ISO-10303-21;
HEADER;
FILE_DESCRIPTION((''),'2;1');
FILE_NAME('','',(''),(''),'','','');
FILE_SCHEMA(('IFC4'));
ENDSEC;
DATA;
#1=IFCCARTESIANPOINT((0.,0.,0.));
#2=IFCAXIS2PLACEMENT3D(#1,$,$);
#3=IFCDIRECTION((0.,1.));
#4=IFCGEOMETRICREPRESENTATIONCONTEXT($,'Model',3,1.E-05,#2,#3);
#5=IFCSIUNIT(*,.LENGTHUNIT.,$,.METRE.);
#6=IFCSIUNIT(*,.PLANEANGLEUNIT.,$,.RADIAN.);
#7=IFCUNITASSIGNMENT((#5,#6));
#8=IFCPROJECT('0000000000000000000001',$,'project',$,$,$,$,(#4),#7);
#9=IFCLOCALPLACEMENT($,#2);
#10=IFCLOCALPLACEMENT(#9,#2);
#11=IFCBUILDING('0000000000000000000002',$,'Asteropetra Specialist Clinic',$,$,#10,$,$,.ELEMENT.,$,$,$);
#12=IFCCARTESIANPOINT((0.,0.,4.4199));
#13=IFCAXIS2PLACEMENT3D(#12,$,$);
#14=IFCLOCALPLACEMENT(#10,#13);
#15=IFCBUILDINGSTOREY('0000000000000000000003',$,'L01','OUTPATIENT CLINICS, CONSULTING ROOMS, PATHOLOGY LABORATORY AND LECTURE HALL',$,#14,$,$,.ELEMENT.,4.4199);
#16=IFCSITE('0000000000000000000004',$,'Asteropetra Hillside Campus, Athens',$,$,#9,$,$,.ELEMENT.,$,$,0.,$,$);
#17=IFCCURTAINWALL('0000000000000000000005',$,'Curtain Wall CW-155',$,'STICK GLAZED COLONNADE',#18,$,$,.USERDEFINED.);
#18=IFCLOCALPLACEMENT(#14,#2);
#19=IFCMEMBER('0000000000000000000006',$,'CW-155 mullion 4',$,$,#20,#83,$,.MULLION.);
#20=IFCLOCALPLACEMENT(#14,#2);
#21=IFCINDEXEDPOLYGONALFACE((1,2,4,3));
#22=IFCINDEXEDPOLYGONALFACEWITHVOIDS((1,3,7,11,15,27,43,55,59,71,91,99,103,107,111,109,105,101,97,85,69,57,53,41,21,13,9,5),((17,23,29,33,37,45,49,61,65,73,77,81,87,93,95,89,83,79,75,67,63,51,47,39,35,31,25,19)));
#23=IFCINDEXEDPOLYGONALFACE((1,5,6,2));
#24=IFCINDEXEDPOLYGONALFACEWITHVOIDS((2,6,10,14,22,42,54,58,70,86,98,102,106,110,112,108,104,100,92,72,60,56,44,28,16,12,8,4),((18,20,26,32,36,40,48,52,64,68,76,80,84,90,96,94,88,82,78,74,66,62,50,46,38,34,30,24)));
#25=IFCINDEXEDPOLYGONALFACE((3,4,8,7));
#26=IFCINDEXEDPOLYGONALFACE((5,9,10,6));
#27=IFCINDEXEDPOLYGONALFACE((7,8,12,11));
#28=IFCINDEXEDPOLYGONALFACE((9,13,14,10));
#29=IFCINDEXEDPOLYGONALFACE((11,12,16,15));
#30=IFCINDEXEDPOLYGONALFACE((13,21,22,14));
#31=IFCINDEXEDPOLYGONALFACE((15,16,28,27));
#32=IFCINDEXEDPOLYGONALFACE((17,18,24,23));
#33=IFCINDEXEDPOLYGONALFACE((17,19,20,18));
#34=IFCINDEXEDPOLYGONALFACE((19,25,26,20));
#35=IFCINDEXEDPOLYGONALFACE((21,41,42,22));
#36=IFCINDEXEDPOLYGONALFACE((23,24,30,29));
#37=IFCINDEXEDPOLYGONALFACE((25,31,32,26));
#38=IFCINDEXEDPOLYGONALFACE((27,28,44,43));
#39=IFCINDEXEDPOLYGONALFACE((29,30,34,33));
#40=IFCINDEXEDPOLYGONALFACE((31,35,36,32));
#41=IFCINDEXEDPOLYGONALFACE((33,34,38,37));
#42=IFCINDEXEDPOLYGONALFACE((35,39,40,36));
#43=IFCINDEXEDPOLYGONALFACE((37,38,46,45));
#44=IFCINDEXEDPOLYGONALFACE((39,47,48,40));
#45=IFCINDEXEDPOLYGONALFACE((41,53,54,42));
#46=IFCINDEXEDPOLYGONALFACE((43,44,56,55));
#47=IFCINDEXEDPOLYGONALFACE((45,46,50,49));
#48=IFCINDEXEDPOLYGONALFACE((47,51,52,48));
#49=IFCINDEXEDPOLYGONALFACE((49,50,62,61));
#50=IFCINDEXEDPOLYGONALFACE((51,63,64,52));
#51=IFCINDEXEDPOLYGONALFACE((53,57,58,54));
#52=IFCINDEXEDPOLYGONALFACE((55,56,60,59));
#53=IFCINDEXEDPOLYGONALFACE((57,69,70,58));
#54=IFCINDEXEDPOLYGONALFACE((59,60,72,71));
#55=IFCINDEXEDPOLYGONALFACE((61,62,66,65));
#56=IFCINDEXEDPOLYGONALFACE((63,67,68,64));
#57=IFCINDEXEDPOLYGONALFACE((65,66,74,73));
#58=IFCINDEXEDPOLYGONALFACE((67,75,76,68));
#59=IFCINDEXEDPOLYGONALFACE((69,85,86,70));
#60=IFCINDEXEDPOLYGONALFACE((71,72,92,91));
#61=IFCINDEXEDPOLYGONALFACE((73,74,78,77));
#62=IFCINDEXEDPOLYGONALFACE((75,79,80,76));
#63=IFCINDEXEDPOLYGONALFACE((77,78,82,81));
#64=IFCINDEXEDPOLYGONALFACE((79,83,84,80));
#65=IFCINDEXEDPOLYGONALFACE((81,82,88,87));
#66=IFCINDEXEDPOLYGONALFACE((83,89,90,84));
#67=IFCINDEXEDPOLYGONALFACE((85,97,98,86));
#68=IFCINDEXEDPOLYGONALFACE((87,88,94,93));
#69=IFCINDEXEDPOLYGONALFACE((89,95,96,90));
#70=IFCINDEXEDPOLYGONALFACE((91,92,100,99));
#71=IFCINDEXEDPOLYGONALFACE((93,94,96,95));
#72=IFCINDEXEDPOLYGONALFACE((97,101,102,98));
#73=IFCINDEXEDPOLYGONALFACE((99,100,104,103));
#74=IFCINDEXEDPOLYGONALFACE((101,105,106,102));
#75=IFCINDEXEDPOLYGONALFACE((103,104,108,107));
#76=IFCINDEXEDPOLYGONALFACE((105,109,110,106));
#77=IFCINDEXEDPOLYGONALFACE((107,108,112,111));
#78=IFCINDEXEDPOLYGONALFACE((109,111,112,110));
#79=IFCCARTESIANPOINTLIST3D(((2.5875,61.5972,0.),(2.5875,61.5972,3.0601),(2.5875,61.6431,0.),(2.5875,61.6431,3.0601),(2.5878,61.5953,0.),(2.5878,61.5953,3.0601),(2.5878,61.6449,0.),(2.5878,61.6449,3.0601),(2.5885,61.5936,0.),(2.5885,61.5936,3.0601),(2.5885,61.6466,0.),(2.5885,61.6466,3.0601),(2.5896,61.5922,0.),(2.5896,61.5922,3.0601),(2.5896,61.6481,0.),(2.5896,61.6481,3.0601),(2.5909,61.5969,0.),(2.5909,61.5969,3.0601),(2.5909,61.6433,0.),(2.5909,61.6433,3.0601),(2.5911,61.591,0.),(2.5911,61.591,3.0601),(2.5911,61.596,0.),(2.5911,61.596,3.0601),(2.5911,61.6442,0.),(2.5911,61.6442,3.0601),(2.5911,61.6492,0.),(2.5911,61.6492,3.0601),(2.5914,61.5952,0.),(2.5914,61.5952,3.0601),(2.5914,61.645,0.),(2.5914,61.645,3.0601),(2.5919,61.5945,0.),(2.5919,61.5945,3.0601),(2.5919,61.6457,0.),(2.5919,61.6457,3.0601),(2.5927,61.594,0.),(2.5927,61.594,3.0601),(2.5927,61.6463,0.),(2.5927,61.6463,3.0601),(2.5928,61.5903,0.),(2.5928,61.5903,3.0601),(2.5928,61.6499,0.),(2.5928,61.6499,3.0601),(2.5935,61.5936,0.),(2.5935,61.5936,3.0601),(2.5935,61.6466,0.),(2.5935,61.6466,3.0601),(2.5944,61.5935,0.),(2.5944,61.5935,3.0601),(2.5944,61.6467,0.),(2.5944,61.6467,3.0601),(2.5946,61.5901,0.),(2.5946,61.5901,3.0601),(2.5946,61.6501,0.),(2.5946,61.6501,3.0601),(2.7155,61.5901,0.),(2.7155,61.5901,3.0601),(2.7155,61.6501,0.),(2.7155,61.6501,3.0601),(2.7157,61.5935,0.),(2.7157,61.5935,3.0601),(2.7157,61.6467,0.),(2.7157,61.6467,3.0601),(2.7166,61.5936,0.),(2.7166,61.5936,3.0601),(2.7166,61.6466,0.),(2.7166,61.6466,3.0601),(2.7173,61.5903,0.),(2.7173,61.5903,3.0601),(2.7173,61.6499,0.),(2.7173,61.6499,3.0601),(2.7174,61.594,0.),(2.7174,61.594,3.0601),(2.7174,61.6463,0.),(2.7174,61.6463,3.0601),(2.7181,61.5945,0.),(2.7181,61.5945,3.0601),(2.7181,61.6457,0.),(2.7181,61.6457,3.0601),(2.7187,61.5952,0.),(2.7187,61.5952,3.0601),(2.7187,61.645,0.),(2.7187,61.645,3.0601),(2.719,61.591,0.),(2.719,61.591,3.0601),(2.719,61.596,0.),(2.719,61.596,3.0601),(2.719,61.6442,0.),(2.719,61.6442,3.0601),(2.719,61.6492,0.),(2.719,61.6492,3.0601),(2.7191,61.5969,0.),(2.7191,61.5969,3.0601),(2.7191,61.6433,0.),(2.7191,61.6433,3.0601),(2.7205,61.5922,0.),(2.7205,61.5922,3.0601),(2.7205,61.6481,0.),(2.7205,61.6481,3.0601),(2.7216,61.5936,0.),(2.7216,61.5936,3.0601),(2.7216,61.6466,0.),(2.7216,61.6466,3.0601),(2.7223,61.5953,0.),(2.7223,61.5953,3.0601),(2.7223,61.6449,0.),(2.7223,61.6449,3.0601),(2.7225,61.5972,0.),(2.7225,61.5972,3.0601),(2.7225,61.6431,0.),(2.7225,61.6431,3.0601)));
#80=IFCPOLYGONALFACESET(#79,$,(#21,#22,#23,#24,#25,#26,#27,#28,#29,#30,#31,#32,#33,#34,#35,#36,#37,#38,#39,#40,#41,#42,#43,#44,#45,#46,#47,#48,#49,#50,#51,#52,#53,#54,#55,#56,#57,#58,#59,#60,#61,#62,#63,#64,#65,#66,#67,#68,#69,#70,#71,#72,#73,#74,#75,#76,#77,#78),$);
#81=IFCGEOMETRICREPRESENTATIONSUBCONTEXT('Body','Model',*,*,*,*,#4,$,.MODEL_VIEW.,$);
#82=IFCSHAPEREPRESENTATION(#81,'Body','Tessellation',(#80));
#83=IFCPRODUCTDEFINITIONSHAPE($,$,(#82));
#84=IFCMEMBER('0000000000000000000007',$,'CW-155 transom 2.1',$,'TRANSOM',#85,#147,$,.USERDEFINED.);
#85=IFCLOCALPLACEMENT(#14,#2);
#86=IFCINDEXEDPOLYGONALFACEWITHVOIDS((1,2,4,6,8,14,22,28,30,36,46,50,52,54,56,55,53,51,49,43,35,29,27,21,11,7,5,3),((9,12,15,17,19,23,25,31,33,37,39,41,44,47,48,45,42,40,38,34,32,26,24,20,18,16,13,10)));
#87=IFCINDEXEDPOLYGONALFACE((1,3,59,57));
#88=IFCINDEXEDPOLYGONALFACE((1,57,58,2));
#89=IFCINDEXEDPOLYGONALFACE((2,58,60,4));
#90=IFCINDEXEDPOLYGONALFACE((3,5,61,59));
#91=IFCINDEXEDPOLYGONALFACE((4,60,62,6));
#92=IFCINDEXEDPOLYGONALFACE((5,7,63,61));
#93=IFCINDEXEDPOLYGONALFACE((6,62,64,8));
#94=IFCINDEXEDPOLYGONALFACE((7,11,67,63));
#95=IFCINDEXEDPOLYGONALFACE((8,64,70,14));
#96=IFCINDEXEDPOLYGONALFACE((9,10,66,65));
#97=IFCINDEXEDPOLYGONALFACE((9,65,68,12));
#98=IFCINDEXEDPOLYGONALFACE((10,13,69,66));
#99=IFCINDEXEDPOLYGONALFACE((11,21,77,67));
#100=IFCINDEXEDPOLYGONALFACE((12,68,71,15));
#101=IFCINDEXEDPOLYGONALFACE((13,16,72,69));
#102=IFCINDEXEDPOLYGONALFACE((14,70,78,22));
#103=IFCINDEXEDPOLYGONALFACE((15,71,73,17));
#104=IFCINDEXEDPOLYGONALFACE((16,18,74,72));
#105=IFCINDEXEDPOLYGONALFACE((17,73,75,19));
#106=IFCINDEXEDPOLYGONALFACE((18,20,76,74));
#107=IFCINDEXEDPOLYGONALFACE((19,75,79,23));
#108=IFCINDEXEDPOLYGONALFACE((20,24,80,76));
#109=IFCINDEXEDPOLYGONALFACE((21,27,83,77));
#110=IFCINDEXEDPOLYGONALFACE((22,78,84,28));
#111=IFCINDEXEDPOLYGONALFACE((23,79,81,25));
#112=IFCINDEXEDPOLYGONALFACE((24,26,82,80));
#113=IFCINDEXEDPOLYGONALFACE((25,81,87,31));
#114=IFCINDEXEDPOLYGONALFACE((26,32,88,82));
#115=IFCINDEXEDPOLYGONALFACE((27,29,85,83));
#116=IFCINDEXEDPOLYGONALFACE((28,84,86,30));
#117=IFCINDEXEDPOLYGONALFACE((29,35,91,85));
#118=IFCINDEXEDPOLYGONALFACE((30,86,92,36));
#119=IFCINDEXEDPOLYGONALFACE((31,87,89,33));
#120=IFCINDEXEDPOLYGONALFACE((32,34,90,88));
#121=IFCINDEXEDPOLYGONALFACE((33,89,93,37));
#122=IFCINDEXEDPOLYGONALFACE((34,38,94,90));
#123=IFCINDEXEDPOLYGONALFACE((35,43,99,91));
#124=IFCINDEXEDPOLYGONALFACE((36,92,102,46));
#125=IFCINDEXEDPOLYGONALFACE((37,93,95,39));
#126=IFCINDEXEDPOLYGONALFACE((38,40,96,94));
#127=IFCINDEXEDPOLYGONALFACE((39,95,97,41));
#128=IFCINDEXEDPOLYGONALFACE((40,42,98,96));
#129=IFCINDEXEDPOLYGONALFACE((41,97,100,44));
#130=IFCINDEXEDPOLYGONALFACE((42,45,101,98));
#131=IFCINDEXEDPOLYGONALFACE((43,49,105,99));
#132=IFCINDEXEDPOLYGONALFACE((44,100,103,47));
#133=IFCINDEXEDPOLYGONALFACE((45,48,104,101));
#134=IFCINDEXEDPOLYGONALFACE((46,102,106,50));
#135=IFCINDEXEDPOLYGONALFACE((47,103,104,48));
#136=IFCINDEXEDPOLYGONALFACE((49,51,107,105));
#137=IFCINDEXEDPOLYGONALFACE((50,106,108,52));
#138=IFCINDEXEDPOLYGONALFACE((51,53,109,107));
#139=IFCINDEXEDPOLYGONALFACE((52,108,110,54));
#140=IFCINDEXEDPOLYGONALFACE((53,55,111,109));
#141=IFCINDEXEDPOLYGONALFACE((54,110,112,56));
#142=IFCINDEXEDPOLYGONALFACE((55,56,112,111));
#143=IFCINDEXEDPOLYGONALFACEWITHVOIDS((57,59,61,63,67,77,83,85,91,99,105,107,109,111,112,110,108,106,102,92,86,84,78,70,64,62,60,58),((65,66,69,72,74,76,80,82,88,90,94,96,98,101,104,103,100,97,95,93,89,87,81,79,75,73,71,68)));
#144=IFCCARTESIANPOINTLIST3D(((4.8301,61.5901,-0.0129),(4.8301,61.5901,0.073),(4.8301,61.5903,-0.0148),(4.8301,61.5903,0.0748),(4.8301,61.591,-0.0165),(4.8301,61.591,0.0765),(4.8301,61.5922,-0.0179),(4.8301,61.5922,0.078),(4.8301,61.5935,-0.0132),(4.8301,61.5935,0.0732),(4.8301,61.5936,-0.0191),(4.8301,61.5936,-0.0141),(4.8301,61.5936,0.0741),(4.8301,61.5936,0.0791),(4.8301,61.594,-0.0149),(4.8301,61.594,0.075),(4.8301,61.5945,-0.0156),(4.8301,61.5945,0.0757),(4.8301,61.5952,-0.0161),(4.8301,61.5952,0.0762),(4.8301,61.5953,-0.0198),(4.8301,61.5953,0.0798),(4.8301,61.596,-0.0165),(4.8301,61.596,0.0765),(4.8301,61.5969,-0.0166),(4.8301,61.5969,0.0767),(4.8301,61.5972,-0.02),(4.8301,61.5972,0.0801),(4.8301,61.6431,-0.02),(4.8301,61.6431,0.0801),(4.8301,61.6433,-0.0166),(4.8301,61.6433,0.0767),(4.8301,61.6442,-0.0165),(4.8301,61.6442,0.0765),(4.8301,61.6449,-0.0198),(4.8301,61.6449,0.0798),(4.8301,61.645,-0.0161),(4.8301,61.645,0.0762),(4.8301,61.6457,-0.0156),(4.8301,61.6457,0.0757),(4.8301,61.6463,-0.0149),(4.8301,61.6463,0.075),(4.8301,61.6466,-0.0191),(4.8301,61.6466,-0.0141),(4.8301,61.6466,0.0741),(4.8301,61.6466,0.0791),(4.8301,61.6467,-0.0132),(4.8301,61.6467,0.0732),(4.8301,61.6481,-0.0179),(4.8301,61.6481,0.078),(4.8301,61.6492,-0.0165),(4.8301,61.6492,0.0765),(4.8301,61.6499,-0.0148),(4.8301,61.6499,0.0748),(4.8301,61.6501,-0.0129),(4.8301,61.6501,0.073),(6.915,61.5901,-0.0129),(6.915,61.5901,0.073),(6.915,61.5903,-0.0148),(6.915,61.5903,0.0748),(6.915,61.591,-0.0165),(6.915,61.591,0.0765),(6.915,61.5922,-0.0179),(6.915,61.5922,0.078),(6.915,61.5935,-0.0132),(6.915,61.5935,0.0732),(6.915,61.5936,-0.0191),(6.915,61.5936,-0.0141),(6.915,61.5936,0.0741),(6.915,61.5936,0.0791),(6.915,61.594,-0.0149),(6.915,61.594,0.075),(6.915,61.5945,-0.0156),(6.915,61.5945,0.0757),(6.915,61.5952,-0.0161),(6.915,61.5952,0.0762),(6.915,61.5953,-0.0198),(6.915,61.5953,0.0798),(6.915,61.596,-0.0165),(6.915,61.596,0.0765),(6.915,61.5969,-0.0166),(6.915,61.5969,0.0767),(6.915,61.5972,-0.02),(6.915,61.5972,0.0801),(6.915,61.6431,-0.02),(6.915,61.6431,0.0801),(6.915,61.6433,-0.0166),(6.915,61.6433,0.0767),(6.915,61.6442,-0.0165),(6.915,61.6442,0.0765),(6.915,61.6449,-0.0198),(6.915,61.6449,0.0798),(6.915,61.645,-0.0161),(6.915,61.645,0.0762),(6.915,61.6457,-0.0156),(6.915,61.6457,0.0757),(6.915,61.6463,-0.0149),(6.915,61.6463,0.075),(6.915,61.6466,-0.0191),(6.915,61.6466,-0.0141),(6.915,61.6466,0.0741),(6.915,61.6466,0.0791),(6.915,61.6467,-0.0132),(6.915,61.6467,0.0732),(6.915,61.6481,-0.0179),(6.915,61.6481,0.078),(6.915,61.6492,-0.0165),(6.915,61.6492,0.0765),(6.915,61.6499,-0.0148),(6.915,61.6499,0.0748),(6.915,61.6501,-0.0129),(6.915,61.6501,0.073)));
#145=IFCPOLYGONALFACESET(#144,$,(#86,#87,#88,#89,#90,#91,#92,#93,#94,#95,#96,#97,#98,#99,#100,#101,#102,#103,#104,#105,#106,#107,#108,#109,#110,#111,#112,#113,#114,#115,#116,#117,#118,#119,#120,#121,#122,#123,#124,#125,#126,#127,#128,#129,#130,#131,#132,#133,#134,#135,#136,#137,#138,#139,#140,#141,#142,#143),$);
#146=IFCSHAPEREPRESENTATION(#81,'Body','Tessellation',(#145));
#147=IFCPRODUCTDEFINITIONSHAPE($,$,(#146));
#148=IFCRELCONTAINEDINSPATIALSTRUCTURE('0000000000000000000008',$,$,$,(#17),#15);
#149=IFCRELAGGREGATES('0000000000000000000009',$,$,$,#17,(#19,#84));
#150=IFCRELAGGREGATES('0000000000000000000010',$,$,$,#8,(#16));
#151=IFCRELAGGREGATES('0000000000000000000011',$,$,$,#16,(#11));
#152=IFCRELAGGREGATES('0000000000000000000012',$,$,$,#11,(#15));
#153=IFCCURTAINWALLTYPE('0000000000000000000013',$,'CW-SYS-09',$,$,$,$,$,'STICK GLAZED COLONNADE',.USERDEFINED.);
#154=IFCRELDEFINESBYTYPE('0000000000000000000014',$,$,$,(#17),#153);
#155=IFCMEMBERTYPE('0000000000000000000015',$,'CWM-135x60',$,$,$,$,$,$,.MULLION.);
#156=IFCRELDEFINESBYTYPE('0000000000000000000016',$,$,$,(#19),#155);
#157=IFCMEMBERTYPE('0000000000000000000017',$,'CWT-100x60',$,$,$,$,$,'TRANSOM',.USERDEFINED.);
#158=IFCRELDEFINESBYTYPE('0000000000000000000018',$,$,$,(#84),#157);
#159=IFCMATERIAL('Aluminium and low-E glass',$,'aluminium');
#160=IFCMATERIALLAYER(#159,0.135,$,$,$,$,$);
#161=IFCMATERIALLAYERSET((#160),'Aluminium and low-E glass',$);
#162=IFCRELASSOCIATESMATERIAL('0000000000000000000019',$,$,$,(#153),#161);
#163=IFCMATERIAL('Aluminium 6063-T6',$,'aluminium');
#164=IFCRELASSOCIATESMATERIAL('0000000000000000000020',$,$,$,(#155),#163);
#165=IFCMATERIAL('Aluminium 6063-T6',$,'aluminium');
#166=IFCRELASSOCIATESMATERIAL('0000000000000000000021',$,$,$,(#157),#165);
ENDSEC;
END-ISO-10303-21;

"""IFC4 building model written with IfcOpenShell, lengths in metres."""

from ifc_helpers import new_model, si_unit, direction, frame, origin, origin_2d, place, context, subcontext, project, spatial, hollow_rectangle, extrude, material, layer, layer_set, material_profile, profile_set, type_object, element, aggregate, save


model = new_model("IFC4")

# Units and contexts
model_context = context("Model", 3, precision=1e-05, world=origin(), true_north=direction((0.0, 1.0)))
body_context = subcontext(model_context, "Body", "Model", "MODEL_VIEW")
ifc_project = project(units=[si_unit("LENGTHUNIT", "METRE"), si_unit("PLANEANGLEUNIT", "RADIAN")], contexts=[model_context])

# Site, building, storey
site_placement = place(None, origin())
site = spatial("IfcSite", under=ifc_project, at=site_placement, Name="Asteropetra Hillside Campus, Athens", CompositionType="ELEMENT", RefElevation=0.0)
building_placement = place(site_placement, origin())
building = spatial("IfcBuilding", under=site, at=building_placement, Name="Asteropetra Specialist Clinic", CompositionType="ELEMENT")
storey_placement = place(building_placement, frame((0.0, 0.0, 4.4199)))
storey = spatial("IfcBuildingStorey", under=building, at=storey_placement, Name="L01", Description="OUTPATIENT CLINICS, CONSULTING ROOMS, PATHOLOGY LABORATORY AND LECTURE HALL", CompositionType="ELEMENT", Elevation=4.4199)

# Curtain wall, members
ifc_material_1 = material(Name="Aluminium and low-E glass", Category="aluminium")
ifc_layer_1 = layer(ifc_material_1, 0.135)
ifc_layer_set_1 = layer_set([ifc_layer_1], Name="Aluminium and low-E glass")
curtain_wall_type = type_object("IfcCurtainWallType", Name="CW-SYS-09", ElementType="STICK GLAZED COLONNADE", PredefinedType="USERDEFINED", material=ifc_layer_set_1)
curtain_wall_placement = place(storey_placement, origin())
curtain_wall = element("IfcCurtainWall", 1, at=curtain_wall_placement, inside=storey, type_object=curtain_wall_type, Name="Curtain Wall CW-155", ObjectType="STICK GLAZED COLONNADE", PredefinedType="USERDEFINED")
ifc_material_2 = material(Name="Aluminium 6063-T6", Category="aluminium")
ifc_material_profile_1 = material_profile(ifc_material_2, hollow_rectangle(XDim=0.0601, YDim=0.135, WallThickness=0.0034, InnerFilletRadius=0.0034, OuterFilletRadius=0.0071, at=origin_2d()), Name="MUL 135x60x3.5")
ifc_profile_set_1 = profile_set([ifc_material_profile_1], Name="Aluminium 6063-T6")
member_type_1 = type_object("IfcMemberType", Name="CWM-135x60", PredefinedType="MULLION", material=ifc_profile_set_1)
member_1_placement = place(storey_placement, frame((2.655, 61.6201, 0.0), z_axis=(0.0, 0.0, 1.0), x_axis=(0.0, -1.0, 0.0)))
member_1 = element("IfcMember", 2, at=member_1_placement, type_object=member_type_1, Name="CW-155 mullion 4", PredefinedType="MULLION", context=body_context, shape_type="SweptSolid", body=[
    extrude(hollow_rectangle(XDim=0.0601, YDim=0.135, WallThickness=0.0034, InnerFilletRadius=0.0034, OuterFilletRadius=0.0071, at=origin_2d()), origin(), (0.0, 0.0, 1.0), 3.0601),
])
ifc_material_3 = material(Name="Aluminium 6063-T6", Category="aluminium")
ifc_material_profile_2 = material_profile(ifc_material_3, hollow_rectangle(XDim=0.0601, YDim=0.1001, WallThickness=0.0034, InnerFilletRadius=0.0034, OuterFilletRadius=0.0071, at=origin_2d()), Name="TRN 100x60x3.5")
ifc_profile_set_2 = profile_set([ifc_material_profile_2], Name="Aluminium 6063-T6")
member_type_2 = type_object("IfcMemberType", Name="CWT-100x60", ElementType="TRANSOM", PredefinedType="USERDEFINED", material=ifc_profile_set_2)
member_2_placement = place(storey_placement, frame((6.915, 61.6201, 0.03), z_axis=(-1.0, 0.0, 0.0), x_axis=(0.0, -1.0, 0.0)))
member_2 = element("IfcMember", 3, at=member_2_placement, type_object=member_type_2, Name="CW-155 transom 2.1", ObjectType="TRANSOM", PredefinedType="USERDEFINED", context=body_context, shape_type="SweptSolid", body=[
    extrude(hollow_rectangle(XDim=0.0601, YDim=0.1001, WallThickness=0.0034, InnerFilletRadius=0.0034, OuterFilletRadius=0.0071, at=origin_2d()), origin(), (0.0, 0.0, 1.0), 2.085),
])
aggregate(curtain_wall, [member_1, member_2])

save(model, "model.ifc")
